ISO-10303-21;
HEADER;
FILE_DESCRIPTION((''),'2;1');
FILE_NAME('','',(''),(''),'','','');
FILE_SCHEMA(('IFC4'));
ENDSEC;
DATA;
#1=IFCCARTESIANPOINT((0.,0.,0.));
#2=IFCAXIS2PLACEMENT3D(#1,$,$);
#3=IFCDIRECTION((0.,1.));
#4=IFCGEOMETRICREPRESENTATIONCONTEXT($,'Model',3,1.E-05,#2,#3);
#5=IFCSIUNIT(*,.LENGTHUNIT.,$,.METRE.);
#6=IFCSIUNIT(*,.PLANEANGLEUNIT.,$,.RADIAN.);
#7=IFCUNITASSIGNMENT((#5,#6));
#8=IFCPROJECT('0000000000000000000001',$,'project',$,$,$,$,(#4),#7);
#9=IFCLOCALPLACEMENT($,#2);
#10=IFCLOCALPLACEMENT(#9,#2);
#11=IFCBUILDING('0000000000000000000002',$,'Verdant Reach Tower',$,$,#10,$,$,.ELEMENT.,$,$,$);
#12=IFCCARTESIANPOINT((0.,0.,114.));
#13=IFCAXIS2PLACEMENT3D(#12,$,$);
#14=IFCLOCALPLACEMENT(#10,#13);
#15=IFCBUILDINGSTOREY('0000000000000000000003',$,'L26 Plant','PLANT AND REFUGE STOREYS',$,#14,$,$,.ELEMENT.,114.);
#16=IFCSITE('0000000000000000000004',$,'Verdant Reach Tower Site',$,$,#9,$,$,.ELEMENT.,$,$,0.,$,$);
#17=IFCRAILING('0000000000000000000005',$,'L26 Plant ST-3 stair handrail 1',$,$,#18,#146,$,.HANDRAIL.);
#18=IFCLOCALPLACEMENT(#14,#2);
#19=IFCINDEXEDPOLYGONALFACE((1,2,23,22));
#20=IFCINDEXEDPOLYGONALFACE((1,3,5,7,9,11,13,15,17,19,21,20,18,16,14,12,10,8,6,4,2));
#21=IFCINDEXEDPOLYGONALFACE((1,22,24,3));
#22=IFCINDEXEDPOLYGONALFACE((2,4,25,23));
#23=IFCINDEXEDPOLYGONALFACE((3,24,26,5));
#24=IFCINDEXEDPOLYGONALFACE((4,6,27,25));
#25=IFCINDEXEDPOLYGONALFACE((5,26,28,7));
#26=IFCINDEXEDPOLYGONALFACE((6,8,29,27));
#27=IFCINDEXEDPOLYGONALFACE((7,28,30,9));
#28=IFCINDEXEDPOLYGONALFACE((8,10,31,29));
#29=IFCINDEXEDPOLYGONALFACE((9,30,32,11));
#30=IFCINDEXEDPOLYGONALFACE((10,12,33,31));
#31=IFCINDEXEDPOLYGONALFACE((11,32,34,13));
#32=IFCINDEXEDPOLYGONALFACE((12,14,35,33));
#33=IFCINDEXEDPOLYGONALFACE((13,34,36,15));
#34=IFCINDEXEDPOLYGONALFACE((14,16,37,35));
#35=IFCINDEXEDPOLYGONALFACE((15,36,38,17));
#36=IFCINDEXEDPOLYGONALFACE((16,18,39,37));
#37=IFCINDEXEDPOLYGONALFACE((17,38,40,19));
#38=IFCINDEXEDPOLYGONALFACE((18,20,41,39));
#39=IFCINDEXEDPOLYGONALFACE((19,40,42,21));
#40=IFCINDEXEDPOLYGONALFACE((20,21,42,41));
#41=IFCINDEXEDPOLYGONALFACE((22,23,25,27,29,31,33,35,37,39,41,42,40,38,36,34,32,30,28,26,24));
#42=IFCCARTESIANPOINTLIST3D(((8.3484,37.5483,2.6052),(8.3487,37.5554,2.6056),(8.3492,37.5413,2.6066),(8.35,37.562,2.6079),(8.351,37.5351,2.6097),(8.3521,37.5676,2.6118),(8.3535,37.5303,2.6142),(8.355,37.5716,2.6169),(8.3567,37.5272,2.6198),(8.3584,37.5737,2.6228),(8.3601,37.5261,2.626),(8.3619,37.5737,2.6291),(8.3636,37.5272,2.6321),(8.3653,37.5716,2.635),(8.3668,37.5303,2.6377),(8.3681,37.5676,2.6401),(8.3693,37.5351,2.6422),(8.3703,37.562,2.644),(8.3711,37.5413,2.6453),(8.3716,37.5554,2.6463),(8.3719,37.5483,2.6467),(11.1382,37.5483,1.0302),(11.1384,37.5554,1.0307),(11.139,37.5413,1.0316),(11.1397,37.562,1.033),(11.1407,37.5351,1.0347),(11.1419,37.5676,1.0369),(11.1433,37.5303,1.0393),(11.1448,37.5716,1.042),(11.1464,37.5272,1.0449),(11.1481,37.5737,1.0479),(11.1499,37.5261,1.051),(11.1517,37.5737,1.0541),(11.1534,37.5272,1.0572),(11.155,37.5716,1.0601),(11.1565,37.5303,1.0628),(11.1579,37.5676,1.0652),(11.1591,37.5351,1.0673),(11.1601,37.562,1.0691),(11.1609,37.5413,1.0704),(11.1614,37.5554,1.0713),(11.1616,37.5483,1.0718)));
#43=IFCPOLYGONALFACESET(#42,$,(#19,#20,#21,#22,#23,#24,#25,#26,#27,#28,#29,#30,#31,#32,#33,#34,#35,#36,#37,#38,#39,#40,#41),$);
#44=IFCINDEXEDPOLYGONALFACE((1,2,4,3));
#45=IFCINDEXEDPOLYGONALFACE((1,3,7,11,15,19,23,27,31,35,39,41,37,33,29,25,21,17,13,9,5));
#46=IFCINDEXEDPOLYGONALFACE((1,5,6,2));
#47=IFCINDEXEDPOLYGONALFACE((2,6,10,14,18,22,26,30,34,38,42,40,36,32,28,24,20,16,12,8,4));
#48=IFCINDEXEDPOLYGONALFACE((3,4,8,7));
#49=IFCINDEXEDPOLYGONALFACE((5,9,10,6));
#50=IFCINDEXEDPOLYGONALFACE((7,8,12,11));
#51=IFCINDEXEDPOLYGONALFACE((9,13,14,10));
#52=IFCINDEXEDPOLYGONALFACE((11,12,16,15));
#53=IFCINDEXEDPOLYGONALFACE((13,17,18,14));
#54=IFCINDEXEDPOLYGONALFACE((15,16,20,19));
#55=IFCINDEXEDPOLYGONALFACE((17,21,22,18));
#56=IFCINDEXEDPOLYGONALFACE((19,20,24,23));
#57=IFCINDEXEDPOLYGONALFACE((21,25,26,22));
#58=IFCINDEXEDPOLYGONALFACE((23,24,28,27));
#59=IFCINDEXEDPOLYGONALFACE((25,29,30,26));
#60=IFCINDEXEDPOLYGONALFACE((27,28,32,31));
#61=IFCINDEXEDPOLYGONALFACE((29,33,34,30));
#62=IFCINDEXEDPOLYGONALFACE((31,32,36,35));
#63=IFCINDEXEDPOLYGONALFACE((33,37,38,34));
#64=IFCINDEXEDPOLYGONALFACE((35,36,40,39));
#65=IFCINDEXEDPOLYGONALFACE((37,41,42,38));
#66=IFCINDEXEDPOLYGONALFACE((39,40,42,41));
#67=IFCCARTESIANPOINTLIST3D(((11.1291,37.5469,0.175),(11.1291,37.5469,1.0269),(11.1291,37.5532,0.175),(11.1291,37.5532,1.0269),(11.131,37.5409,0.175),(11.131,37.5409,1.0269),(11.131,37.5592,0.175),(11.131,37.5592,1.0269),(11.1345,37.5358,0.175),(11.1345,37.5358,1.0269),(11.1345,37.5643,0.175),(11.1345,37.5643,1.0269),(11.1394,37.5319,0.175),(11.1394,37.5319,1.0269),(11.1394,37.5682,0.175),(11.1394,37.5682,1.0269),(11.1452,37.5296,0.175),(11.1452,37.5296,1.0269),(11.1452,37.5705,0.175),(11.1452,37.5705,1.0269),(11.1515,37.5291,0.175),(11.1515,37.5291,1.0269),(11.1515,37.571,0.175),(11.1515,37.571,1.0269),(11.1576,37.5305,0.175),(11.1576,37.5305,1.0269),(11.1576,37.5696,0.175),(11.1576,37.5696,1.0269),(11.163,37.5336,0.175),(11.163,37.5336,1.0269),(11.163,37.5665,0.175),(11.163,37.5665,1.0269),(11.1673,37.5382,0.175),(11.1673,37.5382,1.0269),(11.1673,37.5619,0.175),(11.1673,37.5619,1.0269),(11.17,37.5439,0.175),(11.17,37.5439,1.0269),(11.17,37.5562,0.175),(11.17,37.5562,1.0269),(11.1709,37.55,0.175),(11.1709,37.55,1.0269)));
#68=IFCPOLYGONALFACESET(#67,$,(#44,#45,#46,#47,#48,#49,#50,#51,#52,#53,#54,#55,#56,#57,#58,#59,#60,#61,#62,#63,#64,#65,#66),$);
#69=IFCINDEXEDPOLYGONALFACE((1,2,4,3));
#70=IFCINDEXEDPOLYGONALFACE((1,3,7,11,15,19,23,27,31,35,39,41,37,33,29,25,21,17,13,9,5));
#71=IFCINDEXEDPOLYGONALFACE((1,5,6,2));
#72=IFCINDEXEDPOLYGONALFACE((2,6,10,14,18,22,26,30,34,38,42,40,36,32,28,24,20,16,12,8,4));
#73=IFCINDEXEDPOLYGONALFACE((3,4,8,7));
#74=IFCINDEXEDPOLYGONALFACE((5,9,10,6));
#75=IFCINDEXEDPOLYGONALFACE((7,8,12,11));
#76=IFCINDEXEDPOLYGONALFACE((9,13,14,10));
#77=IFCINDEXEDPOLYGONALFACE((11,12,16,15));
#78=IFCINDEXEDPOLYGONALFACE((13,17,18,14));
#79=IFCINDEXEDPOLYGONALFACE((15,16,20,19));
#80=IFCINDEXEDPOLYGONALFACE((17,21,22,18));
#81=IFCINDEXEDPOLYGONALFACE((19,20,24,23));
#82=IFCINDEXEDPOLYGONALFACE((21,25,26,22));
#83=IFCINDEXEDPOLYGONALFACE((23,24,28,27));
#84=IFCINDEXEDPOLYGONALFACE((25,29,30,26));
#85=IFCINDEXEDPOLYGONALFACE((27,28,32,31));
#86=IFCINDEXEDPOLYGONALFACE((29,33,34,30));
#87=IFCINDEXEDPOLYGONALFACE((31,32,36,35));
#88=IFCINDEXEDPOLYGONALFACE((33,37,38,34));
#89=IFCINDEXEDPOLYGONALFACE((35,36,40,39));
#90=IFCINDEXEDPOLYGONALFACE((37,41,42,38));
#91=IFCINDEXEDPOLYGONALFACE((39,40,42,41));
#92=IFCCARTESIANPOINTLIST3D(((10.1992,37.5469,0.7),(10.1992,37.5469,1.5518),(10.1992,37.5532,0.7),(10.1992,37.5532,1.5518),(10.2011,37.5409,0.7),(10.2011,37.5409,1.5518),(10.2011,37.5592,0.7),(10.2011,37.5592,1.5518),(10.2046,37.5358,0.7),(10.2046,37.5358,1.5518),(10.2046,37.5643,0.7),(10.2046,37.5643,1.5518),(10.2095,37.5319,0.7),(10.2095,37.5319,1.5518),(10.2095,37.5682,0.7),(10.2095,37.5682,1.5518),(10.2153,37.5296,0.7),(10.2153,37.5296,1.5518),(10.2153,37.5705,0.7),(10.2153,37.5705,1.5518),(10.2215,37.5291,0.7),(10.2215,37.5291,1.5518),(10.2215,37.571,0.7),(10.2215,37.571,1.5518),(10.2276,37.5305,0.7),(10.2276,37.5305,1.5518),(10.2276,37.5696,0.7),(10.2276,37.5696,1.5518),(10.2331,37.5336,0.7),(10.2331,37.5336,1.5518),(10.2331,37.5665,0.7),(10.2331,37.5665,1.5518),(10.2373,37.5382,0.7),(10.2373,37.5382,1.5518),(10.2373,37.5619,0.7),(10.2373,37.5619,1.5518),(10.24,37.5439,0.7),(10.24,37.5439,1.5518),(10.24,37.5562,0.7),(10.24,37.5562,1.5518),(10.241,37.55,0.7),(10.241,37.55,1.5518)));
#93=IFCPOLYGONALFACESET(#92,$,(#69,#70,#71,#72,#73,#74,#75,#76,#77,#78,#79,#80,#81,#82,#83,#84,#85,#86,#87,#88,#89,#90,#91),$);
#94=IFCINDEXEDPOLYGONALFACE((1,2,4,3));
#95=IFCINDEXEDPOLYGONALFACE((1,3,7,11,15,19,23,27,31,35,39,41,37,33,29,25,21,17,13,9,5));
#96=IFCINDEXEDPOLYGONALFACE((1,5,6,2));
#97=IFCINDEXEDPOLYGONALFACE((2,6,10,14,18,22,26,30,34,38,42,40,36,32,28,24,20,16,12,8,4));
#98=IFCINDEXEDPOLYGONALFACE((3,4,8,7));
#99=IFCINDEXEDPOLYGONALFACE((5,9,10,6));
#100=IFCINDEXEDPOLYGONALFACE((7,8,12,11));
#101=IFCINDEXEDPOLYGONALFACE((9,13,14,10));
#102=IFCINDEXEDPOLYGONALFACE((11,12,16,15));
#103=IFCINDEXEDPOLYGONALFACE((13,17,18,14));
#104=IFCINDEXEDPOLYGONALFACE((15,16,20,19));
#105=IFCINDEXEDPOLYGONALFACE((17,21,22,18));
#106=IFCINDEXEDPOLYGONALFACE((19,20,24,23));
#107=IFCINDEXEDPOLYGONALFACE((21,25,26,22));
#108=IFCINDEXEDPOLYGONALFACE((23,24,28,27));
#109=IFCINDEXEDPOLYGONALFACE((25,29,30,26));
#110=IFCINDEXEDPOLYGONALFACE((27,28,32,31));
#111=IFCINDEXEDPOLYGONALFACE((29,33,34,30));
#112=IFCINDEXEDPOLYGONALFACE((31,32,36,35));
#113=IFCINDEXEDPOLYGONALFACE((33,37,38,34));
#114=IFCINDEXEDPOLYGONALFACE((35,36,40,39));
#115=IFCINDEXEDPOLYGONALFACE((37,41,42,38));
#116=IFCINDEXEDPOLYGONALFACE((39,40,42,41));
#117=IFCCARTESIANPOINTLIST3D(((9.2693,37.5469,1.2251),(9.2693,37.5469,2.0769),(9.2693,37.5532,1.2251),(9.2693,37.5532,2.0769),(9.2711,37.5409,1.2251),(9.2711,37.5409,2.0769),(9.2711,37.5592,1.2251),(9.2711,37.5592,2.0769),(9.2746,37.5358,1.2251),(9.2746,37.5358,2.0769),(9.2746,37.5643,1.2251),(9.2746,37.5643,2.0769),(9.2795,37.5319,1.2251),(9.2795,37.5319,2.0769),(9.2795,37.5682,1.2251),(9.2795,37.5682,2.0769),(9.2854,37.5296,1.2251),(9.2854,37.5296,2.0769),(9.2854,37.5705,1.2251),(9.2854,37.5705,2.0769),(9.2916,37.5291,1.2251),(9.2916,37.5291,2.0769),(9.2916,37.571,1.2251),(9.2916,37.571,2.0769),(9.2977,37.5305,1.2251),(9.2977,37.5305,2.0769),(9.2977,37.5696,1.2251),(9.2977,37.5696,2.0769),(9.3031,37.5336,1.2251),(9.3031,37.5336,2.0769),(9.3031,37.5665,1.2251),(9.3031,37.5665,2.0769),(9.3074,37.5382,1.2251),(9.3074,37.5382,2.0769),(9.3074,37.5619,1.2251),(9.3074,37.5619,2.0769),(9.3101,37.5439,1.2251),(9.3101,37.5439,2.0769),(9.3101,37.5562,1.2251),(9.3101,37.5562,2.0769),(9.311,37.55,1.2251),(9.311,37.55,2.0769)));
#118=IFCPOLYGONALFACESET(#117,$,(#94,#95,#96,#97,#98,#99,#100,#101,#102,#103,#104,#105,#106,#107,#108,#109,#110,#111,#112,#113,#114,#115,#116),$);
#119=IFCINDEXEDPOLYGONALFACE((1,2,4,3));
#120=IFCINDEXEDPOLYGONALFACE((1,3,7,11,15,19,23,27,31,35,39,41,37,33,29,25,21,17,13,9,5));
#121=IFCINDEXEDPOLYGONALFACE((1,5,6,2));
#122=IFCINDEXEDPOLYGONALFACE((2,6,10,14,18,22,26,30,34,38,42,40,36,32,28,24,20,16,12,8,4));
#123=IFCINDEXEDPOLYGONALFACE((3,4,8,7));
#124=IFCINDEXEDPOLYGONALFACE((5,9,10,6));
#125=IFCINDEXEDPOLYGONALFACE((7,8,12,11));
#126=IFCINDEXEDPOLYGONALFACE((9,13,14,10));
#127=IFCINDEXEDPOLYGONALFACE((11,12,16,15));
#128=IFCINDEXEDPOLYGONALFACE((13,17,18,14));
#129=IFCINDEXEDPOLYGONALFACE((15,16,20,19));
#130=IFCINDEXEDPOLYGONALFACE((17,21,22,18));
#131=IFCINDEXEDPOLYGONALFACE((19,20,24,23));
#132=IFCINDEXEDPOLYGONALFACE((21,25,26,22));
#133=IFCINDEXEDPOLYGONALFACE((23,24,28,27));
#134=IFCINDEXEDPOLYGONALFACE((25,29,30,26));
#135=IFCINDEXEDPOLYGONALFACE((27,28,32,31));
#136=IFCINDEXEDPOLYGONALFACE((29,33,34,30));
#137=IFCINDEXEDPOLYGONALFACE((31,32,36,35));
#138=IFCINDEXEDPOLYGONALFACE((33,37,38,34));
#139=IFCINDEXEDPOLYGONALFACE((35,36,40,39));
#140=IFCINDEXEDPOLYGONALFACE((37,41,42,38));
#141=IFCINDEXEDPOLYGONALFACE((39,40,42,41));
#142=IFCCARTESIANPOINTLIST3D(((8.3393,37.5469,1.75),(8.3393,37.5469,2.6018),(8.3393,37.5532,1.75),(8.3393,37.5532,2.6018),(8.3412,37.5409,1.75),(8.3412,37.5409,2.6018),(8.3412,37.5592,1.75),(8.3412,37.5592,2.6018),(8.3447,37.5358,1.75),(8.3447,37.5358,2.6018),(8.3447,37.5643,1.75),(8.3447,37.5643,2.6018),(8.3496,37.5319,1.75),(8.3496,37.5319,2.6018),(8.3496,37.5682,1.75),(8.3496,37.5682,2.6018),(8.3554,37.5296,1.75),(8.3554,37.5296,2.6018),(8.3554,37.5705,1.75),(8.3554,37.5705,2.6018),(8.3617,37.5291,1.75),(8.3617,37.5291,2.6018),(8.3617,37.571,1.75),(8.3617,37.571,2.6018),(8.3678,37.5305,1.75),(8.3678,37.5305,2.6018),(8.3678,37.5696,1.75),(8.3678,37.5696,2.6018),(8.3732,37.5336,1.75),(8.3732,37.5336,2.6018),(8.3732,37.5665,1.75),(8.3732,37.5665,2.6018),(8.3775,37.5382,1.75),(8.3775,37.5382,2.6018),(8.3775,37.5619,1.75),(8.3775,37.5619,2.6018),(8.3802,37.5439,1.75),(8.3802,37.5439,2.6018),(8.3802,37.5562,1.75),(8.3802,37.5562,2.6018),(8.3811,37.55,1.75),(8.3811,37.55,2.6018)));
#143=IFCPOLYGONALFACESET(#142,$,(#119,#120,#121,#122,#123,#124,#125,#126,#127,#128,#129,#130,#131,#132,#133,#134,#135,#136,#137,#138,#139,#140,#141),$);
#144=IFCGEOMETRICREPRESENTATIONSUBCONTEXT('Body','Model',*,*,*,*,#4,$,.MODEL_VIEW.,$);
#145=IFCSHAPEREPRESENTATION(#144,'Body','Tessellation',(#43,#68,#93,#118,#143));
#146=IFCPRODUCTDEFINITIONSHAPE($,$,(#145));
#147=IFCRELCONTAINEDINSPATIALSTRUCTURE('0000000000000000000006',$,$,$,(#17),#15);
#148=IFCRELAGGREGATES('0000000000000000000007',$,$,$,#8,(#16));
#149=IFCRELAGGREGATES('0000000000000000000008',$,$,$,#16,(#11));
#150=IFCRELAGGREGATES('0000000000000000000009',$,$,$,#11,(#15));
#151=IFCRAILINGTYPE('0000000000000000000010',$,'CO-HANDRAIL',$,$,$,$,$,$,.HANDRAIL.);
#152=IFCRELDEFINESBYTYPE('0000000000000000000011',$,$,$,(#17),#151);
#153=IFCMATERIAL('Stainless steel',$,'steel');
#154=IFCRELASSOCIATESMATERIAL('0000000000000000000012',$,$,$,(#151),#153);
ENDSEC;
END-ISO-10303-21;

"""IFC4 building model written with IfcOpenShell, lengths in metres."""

from ifc_helpers import new_model, si_unit, direction, frame, origin, origin_2d, place, context, subcontext, project, spatial, circle, extrude, material, type_object, element, save


model = new_model("IFC4")

# Units and contexts
model_context = context("Model", 3, precision=1e-05, world=origin(), true_north=direction((0.0, 1.0)))
body_context = subcontext(model_context, "Body", "Model", "MODEL_VIEW")
ifc_project = project(units=[si_unit("LENGTHUNIT", "METRE"), si_unit("PLANEANGLEUNIT", "RADIAN")], contexts=[model_context])

# Site, building, storey
site_placement = place(None, origin())
site = spatial("IfcSite", under=ifc_project, at=site_placement, Name="Verdant Reach Tower Site", CompositionType="ELEMENT", RefElevation=0.0)
building_placement = place(site_placement, origin())
building = spatial("IfcBuilding", under=site, at=building_placement, Name="Verdant Reach Tower", CompositionType="ELEMENT")
storey_placement = place(building_placement, frame((0.0, 0.0, 114.0)))
storey = spatial("IfcBuildingStorey", under=building, at=storey_placement, Name="L26 Plant", Description="PLANT AND REFUGE STOREYS", CompositionType="ELEMENT", Elevation=114.0)

# Railing
ifc_material_1 = material(Name="Stainless steel", Category="steel")
railing_type_1 = type_object("IfcRailingType", Name="CO-HANDRAIL", PredefinedType="HANDRAIL", material=ifc_material_1)
railing_1_placement = place(storey_placement, frame((11.1499, 37.55, 0.175)))
element("IfcRailing", 1, at=railing_1_placement, inside=storey, type_object=railing_type_1, Name="L26 Plant ST-3 stair handrail 1", PredefinedType="HANDRAIL", context=body_context, shape_type="SweptSolid", body=[
    extrude(circle(Radius=0.0239, at=origin_2d()), frame((0.0, 0.0, 0.876), z_axis=(-0.870815, 0.0, 0.49161), x_axis=(0.0, -1.0, 0.0)), (0.0, 0.0, 1.0), 3.2036),
    extrude(circle(Radius=0.021, at=origin_2d()), origin(), (0.0, 0.0, 1.0), 0.8518),
    extrude(circle(Radius=0.021, at=origin_2d()), frame((-0.9299, 0.0, 0.5249)), (0.0, 0.0, 1.0), 0.8518),
    extrude(circle(Radius=0.021, at=origin_2d()), frame((-1.8599, 0.0, 1.05)), (0.0, 0.0, 1.0), 0.8518),
    extrude(circle(Radius=0.021, at=origin_2d()), frame((-2.7898, 0.0, 1.575)), (0.0, 0.0, 1.0), 0.8518),
])

save(model, "model.ifc")
